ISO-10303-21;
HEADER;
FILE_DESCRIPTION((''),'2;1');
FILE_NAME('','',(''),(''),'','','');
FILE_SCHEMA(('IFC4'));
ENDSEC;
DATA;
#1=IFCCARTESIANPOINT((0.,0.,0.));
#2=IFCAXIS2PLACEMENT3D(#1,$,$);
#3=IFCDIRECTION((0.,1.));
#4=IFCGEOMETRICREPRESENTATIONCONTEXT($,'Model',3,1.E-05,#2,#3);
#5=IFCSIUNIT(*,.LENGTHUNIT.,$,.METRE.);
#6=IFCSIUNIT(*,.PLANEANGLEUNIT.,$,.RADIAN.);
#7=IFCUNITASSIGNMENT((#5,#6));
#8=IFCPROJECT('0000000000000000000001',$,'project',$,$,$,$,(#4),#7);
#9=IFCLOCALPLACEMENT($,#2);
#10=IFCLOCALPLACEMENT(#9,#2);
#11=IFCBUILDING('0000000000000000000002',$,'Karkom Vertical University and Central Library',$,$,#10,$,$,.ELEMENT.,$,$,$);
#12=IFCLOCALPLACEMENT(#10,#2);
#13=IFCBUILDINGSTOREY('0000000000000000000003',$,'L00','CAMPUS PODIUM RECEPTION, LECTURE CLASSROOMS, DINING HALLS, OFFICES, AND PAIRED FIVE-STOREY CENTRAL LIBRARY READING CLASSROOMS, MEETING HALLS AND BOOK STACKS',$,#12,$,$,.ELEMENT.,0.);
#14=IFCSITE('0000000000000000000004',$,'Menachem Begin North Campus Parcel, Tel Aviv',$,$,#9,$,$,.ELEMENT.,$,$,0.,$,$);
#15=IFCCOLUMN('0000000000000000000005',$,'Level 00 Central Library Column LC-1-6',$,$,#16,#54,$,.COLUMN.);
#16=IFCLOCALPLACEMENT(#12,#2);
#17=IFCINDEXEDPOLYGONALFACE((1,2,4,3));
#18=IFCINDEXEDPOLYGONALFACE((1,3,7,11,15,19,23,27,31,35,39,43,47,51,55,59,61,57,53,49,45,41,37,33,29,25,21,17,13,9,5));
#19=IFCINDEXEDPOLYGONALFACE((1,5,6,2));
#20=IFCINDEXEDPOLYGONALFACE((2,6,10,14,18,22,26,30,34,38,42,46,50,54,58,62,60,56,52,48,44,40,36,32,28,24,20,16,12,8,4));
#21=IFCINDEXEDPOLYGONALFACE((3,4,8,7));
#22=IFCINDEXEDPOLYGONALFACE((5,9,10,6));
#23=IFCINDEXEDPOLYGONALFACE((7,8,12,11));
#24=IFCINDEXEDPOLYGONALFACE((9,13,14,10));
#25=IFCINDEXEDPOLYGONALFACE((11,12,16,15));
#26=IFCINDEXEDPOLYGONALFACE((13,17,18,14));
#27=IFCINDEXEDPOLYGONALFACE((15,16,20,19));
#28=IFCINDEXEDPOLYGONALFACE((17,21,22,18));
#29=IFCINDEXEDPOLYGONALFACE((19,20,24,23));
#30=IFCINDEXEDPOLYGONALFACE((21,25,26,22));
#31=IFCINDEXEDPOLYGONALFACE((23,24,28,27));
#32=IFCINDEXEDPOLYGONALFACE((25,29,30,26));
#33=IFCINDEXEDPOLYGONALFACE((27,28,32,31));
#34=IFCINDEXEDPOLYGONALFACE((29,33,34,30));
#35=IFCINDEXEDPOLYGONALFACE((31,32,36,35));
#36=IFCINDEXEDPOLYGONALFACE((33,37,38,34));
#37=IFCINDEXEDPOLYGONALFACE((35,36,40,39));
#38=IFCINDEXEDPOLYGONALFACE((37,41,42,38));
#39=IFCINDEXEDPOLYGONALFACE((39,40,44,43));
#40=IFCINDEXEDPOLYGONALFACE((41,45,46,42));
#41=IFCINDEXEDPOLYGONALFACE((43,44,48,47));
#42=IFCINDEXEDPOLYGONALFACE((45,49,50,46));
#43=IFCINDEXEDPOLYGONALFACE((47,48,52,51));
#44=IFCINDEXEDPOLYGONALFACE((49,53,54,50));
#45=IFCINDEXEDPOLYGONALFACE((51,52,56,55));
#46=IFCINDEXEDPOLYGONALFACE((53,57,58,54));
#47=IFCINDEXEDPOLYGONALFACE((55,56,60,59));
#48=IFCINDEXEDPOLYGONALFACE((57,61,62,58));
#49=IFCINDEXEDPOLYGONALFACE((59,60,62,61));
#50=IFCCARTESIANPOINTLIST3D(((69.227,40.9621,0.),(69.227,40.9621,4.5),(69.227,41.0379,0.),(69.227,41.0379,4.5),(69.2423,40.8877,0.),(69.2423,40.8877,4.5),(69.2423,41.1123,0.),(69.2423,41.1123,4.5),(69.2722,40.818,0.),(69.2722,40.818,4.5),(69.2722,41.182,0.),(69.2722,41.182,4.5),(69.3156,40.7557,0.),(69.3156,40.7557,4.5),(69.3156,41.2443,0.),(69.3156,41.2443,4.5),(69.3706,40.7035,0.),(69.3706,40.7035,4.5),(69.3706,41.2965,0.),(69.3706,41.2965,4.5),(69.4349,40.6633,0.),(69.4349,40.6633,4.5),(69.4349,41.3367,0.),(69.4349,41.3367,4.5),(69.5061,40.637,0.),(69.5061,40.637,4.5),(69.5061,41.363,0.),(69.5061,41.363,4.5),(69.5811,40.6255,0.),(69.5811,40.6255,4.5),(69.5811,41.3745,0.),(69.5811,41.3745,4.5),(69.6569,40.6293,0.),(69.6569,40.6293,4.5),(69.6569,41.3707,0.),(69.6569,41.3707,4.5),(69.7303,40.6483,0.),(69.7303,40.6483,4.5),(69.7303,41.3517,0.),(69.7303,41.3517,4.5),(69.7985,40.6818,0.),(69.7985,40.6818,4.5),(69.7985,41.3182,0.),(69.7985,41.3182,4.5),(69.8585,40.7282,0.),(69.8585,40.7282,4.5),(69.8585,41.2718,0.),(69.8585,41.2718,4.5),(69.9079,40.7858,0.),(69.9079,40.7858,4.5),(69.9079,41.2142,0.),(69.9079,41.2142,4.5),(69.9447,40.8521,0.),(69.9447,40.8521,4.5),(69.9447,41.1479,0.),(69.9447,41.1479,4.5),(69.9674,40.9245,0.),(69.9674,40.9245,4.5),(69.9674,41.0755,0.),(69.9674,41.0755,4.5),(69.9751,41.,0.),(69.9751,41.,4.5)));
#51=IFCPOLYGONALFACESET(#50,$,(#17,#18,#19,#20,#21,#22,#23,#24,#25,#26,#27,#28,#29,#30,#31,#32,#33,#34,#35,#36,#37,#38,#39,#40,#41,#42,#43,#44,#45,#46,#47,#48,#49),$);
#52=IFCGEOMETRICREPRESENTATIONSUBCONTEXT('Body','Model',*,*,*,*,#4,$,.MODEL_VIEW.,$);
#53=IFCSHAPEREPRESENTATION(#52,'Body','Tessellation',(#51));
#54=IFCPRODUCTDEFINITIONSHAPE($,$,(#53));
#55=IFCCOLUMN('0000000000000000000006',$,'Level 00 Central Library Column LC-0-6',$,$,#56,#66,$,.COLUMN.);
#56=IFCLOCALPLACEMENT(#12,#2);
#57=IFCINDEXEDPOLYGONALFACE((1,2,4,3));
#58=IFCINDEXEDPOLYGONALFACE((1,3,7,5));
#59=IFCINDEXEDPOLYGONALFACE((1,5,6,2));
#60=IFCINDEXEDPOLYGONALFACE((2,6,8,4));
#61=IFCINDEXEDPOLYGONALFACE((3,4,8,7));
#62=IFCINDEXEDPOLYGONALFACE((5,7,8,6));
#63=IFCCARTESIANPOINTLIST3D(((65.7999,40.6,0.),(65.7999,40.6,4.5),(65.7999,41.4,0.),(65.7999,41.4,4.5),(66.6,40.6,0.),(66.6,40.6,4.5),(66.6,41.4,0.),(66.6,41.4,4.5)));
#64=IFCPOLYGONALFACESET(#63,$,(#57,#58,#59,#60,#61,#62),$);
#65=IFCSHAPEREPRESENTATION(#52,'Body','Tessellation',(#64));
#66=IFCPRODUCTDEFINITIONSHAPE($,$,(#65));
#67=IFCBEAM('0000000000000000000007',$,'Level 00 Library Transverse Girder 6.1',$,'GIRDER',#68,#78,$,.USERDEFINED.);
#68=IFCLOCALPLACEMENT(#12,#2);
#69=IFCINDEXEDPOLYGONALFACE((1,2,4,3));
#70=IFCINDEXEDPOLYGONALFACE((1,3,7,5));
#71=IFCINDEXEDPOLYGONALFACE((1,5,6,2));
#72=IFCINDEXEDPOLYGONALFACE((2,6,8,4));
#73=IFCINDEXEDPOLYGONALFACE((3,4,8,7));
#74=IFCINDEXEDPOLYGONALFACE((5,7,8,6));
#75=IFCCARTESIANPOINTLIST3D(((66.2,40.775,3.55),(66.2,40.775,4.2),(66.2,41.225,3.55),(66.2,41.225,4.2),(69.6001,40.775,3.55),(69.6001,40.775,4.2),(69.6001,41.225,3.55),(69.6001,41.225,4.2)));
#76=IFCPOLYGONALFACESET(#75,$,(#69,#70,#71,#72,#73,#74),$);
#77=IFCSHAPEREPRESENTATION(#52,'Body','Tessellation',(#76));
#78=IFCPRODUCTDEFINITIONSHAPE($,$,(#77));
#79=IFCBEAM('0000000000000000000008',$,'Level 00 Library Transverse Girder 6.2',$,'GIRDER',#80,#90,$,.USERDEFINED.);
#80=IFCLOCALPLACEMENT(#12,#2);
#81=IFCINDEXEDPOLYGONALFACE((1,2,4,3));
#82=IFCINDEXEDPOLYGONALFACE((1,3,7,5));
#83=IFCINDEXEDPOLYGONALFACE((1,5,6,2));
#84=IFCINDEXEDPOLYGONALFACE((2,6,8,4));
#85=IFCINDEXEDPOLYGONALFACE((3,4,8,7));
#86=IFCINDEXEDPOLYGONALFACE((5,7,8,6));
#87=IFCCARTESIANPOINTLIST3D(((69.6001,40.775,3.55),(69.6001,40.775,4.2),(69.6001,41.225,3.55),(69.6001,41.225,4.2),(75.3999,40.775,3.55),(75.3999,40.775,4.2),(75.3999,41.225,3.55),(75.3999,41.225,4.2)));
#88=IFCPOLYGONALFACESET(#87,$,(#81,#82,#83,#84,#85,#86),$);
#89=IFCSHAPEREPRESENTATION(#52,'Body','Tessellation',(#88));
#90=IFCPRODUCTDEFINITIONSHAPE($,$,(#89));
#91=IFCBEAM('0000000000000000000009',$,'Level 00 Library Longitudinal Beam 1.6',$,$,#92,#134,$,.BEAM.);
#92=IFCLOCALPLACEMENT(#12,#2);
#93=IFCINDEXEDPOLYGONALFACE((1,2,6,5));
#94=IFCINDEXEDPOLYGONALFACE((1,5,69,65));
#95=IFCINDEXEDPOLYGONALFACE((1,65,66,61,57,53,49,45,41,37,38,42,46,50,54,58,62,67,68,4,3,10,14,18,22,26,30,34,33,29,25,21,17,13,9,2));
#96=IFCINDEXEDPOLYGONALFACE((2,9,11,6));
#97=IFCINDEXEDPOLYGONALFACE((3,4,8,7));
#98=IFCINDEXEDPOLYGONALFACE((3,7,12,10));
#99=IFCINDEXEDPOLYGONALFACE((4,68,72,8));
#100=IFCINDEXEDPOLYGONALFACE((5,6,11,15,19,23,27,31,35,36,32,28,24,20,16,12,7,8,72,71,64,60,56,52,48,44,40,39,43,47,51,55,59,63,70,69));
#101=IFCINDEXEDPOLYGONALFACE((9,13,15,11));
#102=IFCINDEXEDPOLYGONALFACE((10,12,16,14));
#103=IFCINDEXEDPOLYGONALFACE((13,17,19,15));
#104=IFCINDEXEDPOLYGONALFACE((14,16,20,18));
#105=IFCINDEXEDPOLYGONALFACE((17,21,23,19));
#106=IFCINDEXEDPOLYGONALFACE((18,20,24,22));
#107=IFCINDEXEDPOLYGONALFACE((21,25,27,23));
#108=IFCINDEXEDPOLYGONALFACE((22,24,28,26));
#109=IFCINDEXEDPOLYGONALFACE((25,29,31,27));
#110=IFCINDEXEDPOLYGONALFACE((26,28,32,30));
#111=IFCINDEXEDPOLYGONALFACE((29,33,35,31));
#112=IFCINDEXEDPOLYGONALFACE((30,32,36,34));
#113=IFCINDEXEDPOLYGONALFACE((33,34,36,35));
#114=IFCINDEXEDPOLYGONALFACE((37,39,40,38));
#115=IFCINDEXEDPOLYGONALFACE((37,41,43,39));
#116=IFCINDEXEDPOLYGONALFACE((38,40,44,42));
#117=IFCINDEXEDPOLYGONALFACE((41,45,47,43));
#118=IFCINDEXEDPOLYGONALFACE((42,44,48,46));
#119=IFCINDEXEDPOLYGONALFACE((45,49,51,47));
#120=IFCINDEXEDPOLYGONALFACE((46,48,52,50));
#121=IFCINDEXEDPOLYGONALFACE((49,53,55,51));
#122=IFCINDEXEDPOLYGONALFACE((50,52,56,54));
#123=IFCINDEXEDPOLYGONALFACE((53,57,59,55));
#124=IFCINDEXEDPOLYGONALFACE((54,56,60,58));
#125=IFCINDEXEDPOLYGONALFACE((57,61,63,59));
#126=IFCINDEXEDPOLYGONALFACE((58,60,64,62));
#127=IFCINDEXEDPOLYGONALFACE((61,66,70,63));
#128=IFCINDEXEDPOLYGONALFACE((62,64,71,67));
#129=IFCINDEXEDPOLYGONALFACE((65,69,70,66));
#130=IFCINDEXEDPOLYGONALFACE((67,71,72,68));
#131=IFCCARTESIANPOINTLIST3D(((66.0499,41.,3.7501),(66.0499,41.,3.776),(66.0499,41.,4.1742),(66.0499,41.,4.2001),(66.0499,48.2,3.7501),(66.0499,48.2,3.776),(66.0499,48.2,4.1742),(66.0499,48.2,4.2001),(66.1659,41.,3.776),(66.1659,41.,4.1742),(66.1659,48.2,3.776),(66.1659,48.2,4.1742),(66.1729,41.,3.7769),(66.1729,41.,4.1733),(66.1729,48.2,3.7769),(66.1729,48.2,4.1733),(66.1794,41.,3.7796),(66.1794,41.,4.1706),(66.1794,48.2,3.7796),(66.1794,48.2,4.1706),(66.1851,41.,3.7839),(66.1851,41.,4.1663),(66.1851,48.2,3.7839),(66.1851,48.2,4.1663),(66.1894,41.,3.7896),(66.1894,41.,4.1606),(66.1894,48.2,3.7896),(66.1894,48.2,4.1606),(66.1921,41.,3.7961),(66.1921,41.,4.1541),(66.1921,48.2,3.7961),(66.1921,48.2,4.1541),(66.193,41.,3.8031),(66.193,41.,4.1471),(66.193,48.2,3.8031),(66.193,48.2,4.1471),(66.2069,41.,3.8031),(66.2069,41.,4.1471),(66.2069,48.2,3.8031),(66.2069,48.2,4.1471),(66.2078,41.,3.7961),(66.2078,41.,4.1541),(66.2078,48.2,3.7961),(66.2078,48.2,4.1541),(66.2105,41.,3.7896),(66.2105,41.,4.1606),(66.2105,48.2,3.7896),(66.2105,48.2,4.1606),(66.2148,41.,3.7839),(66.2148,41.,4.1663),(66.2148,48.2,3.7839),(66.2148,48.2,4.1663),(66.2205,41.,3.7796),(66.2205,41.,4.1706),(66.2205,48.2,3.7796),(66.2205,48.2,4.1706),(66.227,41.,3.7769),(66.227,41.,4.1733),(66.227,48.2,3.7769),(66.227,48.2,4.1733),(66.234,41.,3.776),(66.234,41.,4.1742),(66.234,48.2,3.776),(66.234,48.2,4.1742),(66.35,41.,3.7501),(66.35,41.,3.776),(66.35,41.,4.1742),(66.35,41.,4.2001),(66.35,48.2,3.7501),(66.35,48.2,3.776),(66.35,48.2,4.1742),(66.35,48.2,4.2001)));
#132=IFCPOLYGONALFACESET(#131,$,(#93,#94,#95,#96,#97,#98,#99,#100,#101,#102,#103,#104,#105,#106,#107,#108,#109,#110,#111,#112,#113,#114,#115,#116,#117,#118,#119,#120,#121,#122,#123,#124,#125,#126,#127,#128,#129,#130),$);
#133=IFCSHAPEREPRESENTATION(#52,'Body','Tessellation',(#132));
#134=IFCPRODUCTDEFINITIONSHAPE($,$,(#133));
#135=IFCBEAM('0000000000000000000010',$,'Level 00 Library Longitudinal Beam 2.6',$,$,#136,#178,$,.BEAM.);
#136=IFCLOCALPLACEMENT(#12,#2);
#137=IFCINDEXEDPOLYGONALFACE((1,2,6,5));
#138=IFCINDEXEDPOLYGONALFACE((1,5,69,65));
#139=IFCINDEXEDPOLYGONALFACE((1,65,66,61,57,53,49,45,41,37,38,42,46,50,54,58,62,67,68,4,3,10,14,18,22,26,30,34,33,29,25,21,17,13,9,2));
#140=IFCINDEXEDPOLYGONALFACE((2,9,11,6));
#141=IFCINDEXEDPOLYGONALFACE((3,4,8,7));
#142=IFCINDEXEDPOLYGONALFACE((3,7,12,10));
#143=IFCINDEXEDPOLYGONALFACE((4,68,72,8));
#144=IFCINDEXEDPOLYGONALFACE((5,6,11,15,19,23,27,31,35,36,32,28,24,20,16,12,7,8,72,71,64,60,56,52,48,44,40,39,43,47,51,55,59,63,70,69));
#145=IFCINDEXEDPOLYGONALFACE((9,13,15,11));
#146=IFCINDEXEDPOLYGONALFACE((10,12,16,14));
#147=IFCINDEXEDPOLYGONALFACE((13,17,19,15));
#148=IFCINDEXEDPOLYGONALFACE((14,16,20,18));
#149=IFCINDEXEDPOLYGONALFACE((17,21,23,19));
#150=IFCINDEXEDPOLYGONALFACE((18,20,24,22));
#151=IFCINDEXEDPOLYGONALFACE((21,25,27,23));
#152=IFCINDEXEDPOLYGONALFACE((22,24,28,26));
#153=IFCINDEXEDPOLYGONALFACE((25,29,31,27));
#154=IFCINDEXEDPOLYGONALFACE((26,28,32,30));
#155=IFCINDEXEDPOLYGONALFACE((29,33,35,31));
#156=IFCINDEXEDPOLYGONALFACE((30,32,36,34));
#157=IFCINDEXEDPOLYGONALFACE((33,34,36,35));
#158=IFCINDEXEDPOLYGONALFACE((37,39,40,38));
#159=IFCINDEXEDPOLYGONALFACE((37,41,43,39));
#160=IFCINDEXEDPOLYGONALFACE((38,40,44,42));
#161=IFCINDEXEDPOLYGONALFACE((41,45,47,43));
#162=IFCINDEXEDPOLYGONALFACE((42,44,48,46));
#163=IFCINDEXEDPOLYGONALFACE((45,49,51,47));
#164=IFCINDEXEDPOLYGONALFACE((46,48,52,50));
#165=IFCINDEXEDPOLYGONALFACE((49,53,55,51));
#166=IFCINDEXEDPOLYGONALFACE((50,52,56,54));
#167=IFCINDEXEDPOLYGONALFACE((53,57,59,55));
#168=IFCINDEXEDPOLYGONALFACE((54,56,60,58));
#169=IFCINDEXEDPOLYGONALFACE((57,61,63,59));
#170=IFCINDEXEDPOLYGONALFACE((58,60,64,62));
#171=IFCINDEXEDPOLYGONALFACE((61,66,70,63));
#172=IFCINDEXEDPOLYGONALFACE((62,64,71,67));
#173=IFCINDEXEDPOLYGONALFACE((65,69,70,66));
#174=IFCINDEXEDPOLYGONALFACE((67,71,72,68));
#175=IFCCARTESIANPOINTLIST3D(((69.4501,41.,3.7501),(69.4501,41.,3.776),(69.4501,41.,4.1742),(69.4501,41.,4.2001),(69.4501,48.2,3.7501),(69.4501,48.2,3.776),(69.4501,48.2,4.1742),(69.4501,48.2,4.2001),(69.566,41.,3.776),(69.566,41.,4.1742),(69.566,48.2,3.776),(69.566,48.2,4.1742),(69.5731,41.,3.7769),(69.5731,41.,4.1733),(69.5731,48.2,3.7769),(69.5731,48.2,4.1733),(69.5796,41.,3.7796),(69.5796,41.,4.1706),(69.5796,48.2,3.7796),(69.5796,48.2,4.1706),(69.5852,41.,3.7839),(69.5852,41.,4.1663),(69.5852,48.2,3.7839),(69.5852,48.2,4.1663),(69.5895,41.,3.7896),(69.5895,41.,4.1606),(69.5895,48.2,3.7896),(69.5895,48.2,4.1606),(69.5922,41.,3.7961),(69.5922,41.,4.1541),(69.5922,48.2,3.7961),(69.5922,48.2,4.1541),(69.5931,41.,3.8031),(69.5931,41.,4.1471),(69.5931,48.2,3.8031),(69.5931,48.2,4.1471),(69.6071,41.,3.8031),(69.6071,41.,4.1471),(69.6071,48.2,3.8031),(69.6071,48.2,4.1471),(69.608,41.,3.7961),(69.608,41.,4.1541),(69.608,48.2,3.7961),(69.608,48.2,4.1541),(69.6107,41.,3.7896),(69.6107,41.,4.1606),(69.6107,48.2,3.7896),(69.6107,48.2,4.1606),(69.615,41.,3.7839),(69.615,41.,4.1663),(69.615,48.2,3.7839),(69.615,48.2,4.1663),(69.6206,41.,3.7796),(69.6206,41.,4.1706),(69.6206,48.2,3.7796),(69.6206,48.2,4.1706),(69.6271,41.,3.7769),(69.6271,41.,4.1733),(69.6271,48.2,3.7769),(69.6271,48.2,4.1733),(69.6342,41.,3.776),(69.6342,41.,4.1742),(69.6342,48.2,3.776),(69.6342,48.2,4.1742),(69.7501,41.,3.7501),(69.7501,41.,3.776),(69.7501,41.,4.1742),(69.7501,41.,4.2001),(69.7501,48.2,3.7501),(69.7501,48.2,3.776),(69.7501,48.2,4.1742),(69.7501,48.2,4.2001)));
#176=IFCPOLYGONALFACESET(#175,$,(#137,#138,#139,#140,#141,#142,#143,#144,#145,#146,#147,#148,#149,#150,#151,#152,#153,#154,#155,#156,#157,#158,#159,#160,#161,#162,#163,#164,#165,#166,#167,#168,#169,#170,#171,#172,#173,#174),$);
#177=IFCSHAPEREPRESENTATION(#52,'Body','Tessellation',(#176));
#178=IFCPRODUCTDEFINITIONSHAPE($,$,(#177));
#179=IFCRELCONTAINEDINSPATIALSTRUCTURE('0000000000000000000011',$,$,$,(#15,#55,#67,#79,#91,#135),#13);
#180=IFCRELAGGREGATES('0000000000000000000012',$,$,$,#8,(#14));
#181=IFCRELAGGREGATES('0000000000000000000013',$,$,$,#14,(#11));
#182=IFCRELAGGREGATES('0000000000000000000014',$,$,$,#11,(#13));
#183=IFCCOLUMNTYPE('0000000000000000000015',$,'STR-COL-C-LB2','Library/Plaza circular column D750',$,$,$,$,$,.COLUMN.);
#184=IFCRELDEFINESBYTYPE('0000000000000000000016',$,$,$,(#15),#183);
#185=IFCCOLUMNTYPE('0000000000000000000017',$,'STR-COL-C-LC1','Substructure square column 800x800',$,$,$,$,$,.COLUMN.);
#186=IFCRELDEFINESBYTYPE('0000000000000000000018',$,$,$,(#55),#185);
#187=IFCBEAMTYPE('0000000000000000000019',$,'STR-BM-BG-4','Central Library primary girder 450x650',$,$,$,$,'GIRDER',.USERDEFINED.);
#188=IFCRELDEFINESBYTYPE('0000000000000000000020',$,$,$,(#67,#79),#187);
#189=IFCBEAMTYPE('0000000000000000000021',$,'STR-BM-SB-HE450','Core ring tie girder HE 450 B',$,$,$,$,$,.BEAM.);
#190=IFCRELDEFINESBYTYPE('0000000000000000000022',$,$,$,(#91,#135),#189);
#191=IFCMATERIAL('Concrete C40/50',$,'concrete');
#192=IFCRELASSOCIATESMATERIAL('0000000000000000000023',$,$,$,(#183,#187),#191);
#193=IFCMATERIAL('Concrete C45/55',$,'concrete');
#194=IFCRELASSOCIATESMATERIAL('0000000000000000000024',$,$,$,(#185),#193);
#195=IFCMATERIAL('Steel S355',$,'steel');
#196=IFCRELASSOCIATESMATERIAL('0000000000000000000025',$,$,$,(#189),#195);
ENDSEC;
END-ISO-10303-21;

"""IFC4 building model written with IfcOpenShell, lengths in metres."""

from ifc_helpers import new_model, si_unit, direction, frame, origin, origin_with_axes, origin_2d, place, context, subcontext, project, spatial, rectangle, circle, i_section, extrude, source, transform, mapped, material, material_profile, profile_set, type_object, element, save


model = new_model("IFC4")

# Units and contexts
model_context = context("Model", 3, precision=1e-05, world=origin(), true_north=direction((0.0, 1.0)))
body_context = subcontext(model_context, "Body", "Model", "MODEL_VIEW")
ifc_project = project(units=[si_unit("LENGTHUNIT", "METRE"), si_unit("PLANEANGLEUNIT", "RADIAN")], contexts=[model_context])

# Site, building, storey
site_placement = place(None, origin())
site = spatial("IfcSite", under=ifc_project, at=site_placement, Name="Menachem Begin North Campus Parcel, Tel Aviv", CompositionType="ELEMENT", RefElevation=0.0)
building_placement = place(site_placement, origin())
building = spatial("IfcBuilding", under=site, at=building_placement, Name="Karkom Vertical University and Central Library", CompositionType="ELEMENT")
storey_placement = place(building_placement, origin())
storey = spatial("IfcBuildingStorey", under=building, at=storey_placement, Name="L00", Description="CAMPUS PODIUM RECEPTION, LECTURE CLASSROOMS, DINING HALLS, OFFICES, AND PAIRED FIVE-STOREY CENTRAL LIBRARY READING CLASSROOMS, MEETING HALLS AND BOOK STACKS", CompositionType="ELEMENT", Elevation=0.0)

# Columns
ifc_material_1 = material(Name="Concrete C40/50", Category="concrete")
ifc_material_profile_1 = material_profile(ifc_material_1, circle(Radius=0.375, at=origin_2d()), Name="RC-D750")
ifc_profile_set_1 = profile_set([ifc_material_profile_1], Name="Concrete C40/50")
column_type_1 = type_object("IfcColumnType", Name="STR-COL-C-LB2", Description="Library/Plaza circular column D750", PredefinedType="COLUMN", material=ifc_profile_set_1)
shared_shape_1 = source(origin_with_axes(), body_context, "Body", "SweptSolid", [
    extrude(circle(Radius=0.375, at=origin_2d()), origin(), (0.0, 0.0, 1.0), 4.5),
])
column_1_placement = place(storey_placement, frame((69.6001, 41.0, 0.0), z_axis=(0.0, 0.0, 1.0), x_axis=(1.0, 0.0, 0.0)))
element("IfcColumn", 1, at=column_1_placement, inside=storey, type_object=column_type_1, Name="Level 00 Central Library Column LC-1-6", PredefinedType="COLUMN", context=body_context, shape_type="MappedRepresentation", body=[
    mapped(shared_shape_1, transform((0.0, 0.0, 0.0), scale=1.0)),
])
ifc_material_2 = material(Name="Concrete C45/55", Category="concrete")
ifc_material_profile_2 = material_profile(ifc_material_2, rectangle(XDim=0.8, YDim=0.8, at=origin_2d()), Name="RC-800x800")
ifc_profile_set_2 = profile_set([ifc_material_profile_2], Name="Concrete C45/55")
column_type_2 = type_object("IfcColumnType", Name="STR-COL-C-LC1", Description="Substructure square column 800x800", PredefinedType="COLUMN", material=ifc_profile_set_2)
shared_shape_2 = source(origin_with_axes(), body_context, "Body", "SweptSolid", [
    extrude(rectangle(XDim=0.8, YDim=0.8, at=origin_2d()), origin(), (0.0, 0.0, 1.0), 4.5),
])
column_2_placement = place(storey_placement, frame((66.2, 41.0, 0.0), z_axis=(0.0, 0.0, 1.0), x_axis=(1.0, 0.0, 0.0)))
element("IfcColumn", 2, at=column_2_placement, inside=storey, type_object=column_type_2, Name="Level 00 Central Library Column LC-0-6", PredefinedType="COLUMN", context=body_context, shape_type="MappedRepresentation", body=[
    mapped(shared_shape_2, transform((0.0, 0.0, 0.0), scale=1.0)),
])

# Beams
ifc_material_profile_3 = material_profile(ifc_material_1, rectangle(XDim=0.45, YDim=0.6499, at=origin_2d()), Name="RCB-450x650")
ifc_profile_set_3 = profile_set([ifc_material_profile_3], Name="Concrete C40/50")
beam_type_1 = type_object("IfcBeamType", Name="STR-BM-BG-4", Description="Central Library primary girder 450x650", ElementType="GIRDER", PredefinedType="USERDEFINED", material=ifc_profile_set_3)
shared_shape_3 = source(origin_with_axes(), body_context, "Body", "SweptSolid", [
    extrude(rectangle(XDim=0.45, YDim=0.6499, at=origin_2d()), origin(), (0.0, 0.0, 1.0), 3.4001),
])
beam_1_placement = place(storey_placement, frame((66.2, 41.0, 3.875), z_axis=(1.0, 0.0, 0.0), x_axis=(0.0, 1.0, 0.0)))
element("IfcBeam", 3, at=beam_1_placement, inside=storey, type_object=beam_type_1, Name="Level 00 Library Transverse Girder 6.1", ObjectType="GIRDER", PredefinedType="USERDEFINED", context=body_context, shape_type="MappedRepresentation", body=[
    mapped(shared_shape_3, transform((0.0, 0.0, 0.0), scale=1.0)),
])
shared_shape_4 = source(origin_with_axes(), body_context, "Body", "SweptSolid", [
    extrude(rectangle(XDim=0.45, YDim=0.6499, at=origin_2d()), origin(), (0.0, 0.0, 1.0), 5.7998),
])
beam_2_placement = place(storey_placement, frame((69.6001, 41.0, 3.875), z_axis=(1.0, 0.0, 0.0), x_axis=(0.0, 1.0, 0.0)))
element("IfcBeam", 4, at=beam_2_placement, inside=storey, type_object=beam_type_1, Name="Level 00 Library Transverse Girder 6.2", ObjectType="GIRDER", PredefinedType="USERDEFINED", context=body_context, shape_type="MappedRepresentation", body=[
    mapped(shared_shape_4, transform((0.0, 0.0, 0.0), scale=1.0)),
])
ifc_material_3 = material(Name="Steel S355", Category="steel")
ifc_material_profile_4 = material_profile(ifc_material_3, i_section(OverallWidth=0.3, OverallDepth=0.45, WebThickness=0.0139, FlangeThickness=0.0259, FilletRadius=0.0271, at=origin_2d()), Name="HE 450 B")
ifc_profile_set_4 = profile_set([ifc_material_profile_4], Name="Steel S355")
beam_type_2 = type_object("IfcBeamType", Name="STR-BM-SB-HE450", Description="Core ring tie girder HE 450 B", PredefinedType="BEAM", material=ifc_profile_set_4)
shared_shape_5 = source(origin_with_axes(), body_context, "Body", "SweptSolid", [
    extrude(i_section(OverallWidth=0.3, OverallDepth=0.45, WebThickness=0.0139, FlangeThickness=0.0259, FilletRadius=0.0271, at=origin_2d()), origin(), (0.0, 0.0, 1.0), 7.2),
])
for number, where, z_axis, x_axis, name in (
    (5, (66.2, 41.0, 3.9751), (0.0, 1.0, 0.0), (-1.0, 0.0, 0.0), "Level 00 Library Longitudinal Beam 1.6"),
    (6, (69.6001, 41.0, 3.9751), (0.0, 1.0, 0.0), (-1.0, 0.0, 0.0), "Level 00 Library Longitudinal Beam 2.6"),
):
    element("IfcBeam", number, at=place(storey_placement, frame(where, z_axis=z_axis, x_axis=x_axis)), inside=storey, type_object=beam_type_2, Name=name, PredefinedType="BEAM", context=body_context, shape_type="MappedRepresentation", body=[
        mapped(shared_shape_5, transform((0.0, 0.0, 0.0), scale=1.0)),
    ])

save(model, "model.ifc")
